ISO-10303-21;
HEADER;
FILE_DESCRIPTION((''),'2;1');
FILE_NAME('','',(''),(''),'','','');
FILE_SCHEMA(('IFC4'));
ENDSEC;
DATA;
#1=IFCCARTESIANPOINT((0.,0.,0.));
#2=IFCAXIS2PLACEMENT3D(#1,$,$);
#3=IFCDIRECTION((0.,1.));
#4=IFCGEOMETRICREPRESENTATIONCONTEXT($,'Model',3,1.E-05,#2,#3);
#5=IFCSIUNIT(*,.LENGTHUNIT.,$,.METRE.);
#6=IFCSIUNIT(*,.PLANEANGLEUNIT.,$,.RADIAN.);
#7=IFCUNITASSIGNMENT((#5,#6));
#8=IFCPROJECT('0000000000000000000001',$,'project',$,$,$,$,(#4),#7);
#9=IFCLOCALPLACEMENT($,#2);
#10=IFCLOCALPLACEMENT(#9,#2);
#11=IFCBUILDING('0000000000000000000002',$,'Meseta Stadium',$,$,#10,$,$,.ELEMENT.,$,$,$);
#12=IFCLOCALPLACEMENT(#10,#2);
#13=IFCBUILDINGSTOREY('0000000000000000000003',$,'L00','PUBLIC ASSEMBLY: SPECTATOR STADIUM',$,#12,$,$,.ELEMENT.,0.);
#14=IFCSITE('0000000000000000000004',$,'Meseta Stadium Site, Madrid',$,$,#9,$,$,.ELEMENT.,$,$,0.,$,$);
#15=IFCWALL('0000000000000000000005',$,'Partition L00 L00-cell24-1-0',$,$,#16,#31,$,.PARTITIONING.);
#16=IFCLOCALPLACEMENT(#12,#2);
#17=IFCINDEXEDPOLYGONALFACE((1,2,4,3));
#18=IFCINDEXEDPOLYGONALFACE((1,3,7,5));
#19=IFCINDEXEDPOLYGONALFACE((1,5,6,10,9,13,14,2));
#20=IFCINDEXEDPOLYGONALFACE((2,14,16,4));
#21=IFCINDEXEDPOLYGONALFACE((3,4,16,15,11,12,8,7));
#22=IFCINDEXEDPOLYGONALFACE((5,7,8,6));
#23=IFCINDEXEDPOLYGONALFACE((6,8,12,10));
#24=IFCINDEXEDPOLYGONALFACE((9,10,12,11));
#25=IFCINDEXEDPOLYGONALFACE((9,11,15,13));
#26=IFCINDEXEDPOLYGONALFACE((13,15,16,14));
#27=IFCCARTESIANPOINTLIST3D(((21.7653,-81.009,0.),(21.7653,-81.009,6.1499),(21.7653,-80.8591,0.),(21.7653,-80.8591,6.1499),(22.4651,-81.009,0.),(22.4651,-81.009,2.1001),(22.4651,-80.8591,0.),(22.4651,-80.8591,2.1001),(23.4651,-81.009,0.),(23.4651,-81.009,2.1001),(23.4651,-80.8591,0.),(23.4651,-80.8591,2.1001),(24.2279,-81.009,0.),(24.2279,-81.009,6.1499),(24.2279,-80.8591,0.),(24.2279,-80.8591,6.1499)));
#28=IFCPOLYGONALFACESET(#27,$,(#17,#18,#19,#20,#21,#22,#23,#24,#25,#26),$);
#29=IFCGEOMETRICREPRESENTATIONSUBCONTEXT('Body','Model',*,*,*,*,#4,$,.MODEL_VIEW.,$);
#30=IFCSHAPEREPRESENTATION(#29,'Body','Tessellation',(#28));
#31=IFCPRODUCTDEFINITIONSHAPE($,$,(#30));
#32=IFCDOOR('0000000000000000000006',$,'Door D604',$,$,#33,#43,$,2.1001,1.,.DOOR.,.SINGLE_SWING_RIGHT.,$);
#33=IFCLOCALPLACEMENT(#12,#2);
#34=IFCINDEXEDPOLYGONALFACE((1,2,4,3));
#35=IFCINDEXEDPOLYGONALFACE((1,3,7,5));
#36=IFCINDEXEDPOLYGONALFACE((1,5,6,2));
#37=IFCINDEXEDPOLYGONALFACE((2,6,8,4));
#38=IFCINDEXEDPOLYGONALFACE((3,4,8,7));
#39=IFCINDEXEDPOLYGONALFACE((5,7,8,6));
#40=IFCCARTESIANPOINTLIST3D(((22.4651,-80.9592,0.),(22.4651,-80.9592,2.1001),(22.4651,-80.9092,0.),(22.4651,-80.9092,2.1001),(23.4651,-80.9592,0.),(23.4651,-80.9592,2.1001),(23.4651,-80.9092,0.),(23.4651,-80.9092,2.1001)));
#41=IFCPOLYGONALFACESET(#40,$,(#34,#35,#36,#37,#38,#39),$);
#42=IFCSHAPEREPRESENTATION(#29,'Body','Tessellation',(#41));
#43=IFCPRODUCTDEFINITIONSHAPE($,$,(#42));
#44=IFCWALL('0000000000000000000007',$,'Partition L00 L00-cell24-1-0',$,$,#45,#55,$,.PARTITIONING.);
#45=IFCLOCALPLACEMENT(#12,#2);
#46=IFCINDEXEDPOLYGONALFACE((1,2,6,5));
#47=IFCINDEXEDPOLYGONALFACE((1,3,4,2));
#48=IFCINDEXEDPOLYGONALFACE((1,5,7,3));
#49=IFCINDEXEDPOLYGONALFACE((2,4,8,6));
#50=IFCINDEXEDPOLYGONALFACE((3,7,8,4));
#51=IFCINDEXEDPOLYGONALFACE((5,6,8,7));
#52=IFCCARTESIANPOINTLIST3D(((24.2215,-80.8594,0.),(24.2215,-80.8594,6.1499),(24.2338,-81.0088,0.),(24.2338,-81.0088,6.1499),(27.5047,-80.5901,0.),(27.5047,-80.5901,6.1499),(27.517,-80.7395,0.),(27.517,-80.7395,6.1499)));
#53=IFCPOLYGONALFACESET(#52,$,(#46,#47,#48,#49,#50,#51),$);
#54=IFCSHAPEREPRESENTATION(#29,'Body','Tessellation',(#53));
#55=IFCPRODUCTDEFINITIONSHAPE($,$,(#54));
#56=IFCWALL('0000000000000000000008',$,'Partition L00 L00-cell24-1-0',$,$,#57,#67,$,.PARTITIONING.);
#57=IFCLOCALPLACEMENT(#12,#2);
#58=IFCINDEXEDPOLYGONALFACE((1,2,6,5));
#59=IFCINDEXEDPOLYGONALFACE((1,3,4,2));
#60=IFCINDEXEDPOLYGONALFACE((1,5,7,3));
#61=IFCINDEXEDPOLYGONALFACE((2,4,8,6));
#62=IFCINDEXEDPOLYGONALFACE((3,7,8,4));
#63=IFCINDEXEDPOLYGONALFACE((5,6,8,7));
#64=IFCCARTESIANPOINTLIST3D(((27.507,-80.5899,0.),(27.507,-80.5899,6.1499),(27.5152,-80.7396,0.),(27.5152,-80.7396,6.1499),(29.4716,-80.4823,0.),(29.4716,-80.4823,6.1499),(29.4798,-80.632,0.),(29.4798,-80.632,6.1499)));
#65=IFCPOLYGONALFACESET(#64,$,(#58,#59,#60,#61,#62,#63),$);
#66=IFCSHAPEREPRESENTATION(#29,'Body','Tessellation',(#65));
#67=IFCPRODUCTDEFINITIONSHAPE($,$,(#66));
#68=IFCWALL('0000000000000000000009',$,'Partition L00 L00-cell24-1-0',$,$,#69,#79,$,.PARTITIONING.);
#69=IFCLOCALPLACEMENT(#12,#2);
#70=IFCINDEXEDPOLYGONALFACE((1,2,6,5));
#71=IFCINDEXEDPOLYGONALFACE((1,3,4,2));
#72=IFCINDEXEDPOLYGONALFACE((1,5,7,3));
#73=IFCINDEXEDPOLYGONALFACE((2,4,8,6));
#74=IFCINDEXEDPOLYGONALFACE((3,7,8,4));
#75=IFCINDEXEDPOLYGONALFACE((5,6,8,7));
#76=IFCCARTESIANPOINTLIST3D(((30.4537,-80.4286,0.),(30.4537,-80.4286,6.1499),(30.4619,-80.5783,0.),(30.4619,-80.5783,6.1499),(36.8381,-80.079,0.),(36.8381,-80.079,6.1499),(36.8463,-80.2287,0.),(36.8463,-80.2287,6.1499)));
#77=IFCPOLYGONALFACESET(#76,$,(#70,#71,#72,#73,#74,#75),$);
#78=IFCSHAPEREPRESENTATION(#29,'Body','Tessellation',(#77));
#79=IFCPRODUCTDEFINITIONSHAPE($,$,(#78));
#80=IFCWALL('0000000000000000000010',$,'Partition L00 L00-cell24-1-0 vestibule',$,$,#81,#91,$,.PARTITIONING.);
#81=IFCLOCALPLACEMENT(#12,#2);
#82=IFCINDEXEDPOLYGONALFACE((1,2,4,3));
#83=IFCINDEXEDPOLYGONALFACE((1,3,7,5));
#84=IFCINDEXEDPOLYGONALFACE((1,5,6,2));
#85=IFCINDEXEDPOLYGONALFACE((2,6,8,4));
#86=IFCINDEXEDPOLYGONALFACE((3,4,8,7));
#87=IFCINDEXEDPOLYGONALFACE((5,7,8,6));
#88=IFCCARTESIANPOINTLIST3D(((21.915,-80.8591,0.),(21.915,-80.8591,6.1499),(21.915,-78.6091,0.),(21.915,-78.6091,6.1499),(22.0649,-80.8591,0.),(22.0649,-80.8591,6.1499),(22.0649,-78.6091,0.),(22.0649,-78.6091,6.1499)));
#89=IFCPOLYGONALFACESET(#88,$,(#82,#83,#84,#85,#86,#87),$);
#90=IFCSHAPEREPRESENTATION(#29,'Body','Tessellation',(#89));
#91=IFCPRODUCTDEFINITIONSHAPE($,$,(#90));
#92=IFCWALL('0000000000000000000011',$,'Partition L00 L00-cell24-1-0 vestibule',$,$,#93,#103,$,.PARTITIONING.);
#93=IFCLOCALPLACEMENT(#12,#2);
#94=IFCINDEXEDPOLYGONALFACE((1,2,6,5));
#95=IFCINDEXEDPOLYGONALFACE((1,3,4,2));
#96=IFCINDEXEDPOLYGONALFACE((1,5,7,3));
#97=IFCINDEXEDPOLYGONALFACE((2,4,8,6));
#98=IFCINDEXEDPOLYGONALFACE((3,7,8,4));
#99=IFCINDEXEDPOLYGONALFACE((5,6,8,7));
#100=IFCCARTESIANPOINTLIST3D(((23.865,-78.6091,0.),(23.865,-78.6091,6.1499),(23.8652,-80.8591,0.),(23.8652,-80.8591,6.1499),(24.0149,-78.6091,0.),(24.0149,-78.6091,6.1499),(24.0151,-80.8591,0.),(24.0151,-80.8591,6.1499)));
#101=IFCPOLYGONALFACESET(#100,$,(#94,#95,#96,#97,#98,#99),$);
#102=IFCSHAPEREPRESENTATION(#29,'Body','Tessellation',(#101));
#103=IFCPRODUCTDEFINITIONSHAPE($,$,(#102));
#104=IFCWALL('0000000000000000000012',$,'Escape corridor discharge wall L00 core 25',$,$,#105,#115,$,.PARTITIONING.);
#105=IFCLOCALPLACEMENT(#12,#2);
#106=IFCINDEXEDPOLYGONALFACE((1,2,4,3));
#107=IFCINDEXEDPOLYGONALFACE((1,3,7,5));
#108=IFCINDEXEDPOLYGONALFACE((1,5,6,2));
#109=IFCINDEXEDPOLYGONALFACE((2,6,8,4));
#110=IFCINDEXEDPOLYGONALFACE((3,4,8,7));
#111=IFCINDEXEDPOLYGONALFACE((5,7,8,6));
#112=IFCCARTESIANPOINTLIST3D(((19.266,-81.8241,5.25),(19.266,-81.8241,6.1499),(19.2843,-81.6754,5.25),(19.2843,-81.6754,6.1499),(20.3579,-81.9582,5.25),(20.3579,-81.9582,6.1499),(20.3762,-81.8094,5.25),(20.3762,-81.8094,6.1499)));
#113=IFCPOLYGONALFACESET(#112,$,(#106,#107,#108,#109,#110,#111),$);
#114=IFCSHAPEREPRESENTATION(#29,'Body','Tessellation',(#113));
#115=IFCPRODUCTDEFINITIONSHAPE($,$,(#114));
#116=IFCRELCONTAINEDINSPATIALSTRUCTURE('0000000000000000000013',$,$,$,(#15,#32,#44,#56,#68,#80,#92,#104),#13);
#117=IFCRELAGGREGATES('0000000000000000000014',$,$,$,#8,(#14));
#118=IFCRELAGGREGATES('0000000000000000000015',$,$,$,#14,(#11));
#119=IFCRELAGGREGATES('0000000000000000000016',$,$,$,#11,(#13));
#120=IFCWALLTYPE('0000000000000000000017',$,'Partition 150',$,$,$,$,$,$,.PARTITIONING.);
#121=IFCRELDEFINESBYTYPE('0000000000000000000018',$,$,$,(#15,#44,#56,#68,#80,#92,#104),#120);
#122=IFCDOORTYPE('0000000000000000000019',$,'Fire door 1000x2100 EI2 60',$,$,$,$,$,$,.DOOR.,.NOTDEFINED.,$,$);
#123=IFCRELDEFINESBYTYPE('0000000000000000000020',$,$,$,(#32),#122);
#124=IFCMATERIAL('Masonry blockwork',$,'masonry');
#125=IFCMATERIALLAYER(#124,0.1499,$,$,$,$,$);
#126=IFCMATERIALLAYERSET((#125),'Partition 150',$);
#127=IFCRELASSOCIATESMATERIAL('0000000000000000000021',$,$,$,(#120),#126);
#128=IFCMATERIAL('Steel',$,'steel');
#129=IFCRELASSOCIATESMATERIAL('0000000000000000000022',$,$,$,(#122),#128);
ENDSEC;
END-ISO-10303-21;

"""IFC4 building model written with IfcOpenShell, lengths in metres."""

from ifc_helpers import new_model, si_unit, direction, frame, frame_2d, origin, place, context, subcontext, project, spatial, rectangle, extrude, material, layer, layer_set, type_object, element, fill, save


model = new_model("IFC4")

# Units and contexts
model_context = context("Model", 3, precision=1e-05, world=origin(), true_north=direction((0.0, 1.0)))
body_context = subcontext(model_context, "Body", "Model", "MODEL_VIEW")
ifc_project = project(units=[si_unit("LENGTHUNIT", "METRE"), si_unit("PLANEANGLEUNIT", "RADIAN")], contexts=[model_context])

# Site, building, storey
site_placement = place(None, origin())
site = spatial("IfcSite", under=ifc_project, at=site_placement, Name="Meseta Stadium Site, Madrid", CompositionType="ELEMENT", RefElevation=0.0)
building_placement = place(site_placement, origin())
building = spatial("IfcBuilding", under=site, at=building_placement, Name="Meseta Stadium", CompositionType="ELEMENT")
storey_placement = place(building_placement, origin())
storey = spatial("IfcBuildingStorey", under=building, at=storey_placement, Name="L00", Description="PUBLIC ASSEMBLY: SPECTATOR STADIUM", CompositionType="ELEMENT", Elevation=0.0)

# Shared definitions
ifc_material_1 = material(Name="Masonry blockwork", Category="masonry")
ifc_layer = layer(ifc_material_1, 0.1499)
ifc_layer_set = layer_set([ifc_layer], Name="Partition 150")
wall_type = type_object("IfcWallType", Name="Partition 150", PredefinedType="PARTITIONING", material=ifc_layer_set)

# Wall, opening, door
wall_1_placement = place(storey_placement, frame((21.7651, -80.9341, 0.0), z_axis=(0.0, 0.0, 1.0), x_axis=(1.0, 0.0, 0.0)))
wall_1 = element("IfcWall", 1, at=wall_1_placement, inside=storey, type_object=wall_type, Name="Partition L00 L00-cell24-1-0", PredefinedType="PARTITIONING", context=body_context, shape_type="SweptSolid", body=[
    extrude(rectangle(XDim=2.4626, YDim=0.1499, at=frame_2d((1.2314, 0.0))), origin(), (0.0, 0.0, 1.0), 6.1499),
])
opening_placement = place(wall_1_placement, frame((0.7, 0.0, 0.0)))
opening = element("IfcOpeningElement", 2, at=opening_placement, cuts=wall_1, PredefinedType="OPENING", context=body_context, shape_type="SweptSolid", body=[
    extrude(rectangle(XDim=1.0, YDim=2.1001, at=frame_2d((0.5, 1.05))), frame((0.0, 0.085, 0.0), z_axis=(0.0, -1.0, 0.0), x_axis=(1.0, 0.0, 0.0)), (0.0, 0.0, 1.0), 0.1699),
])
ifc_material_2 = material(Name="Steel", Category="steel")
door_type = type_object("IfcDoorType", Name="Fire door 1000x2100 EI2 60", OperationType="NOTDEFINED", PredefinedType="DOOR", material=ifc_material_2)
door_placement = place(opening_placement, origin())
door = element("IfcDoor", 3, at=door_placement, inside=storey, type_object=door_type, Name="Door D604", OperationType="SINGLE_SWING_RIGHT", OverallHeight=2.1001, OverallWidth=1.0, PredefinedType="DOOR", context=body_context, shape_type="SweptSolid", body=[
    extrude(rectangle(XDim=1.0, YDim=2.1001, at=frame_2d((0.5, 1.05))), frame((0.0, 0.0249, 0.0), z_axis=(0.0, -1.0, 0.0), x_axis=(1.0, 0.0, 0.0)), (0.0, 0.0, 1.0), 0.05),
])
fill(opening, door)

# Walls
wall_2_placement = place(storey_placement, frame((24.2278, -80.9341, 0.0), z_axis=(0.0, 0.0, 1.0), x_axis=(0.996653, 0.081745, 0.0)))
element("IfcWall", 4, at=wall_2_placement, inside=storey, type_object=wall_type, Name="Partition L00 L00-cell24-1-0", PredefinedType="PARTITIONING", context=body_context, shape_type="SweptSolid", body=[
    extrude(rectangle(XDim=3.2942, YDim=0.1499, at=frame_2d((1.647, 0.0))), origin(), (0.0, 0.0, 1.0), 6.1499),
])
wall_3_placement = place(storey_placement, frame((27.511, -80.6648, 0.0), z_axis=(0.0, 0.0, 1.0), x_axis=(0.998502, 0.054721, 0.0)))
element("IfcWall", 5, at=wall_3_placement, inside=storey, type_object=wall_type, Name="Partition L00 L00-cell24-1-0", PredefinedType="PARTITIONING", context=body_context, shape_type="SweptSolid", body=[
    extrude(rectangle(XDim=1.9675, YDim=0.1499, at=frame_2d((0.9839, 0.0))), origin(), (0.0, 0.0, 1.0), 6.1499),
])
wall_4_placement = place(storey_placement, frame((30.4578, -80.5034, 0.0), z_axis=(0.0, 0.0, 1.0), x_axis=(0.998504, 0.054677, 0.0)))
element("IfcWall", 6, at=wall_4_placement, inside=storey, type_object=wall_type, Name="Partition L00 L00-cell24-1-0", PredefinedType="PARTITIONING", context=body_context, shape_type="SweptSolid", body=[
    extrude(rectangle(XDim=6.394, YDim=0.1499, at=frame_2d((3.197, 0.0))), origin(), (0.0, 0.0, 1.0), 6.1499),
])
for number, where, z_axis, x_axis, name in (
    (7, (21.99, -80.8591, 0.0), (0.0, 0.0, 1.0), (0.0, 1.0, 0.0), "Partition L00 L00-cell24-1-0 vestibule"),
    (8, (23.9402, -80.8591, 0.0), (0.0, 0.0, 1.0), (-0.000109, 1.0, 0.0), "Partition L00 L00-cell24-1-0 vestibule"),
):
    element("IfcWall", number, at=place(storey_placement, frame(where, z_axis=z_axis, x_axis=x_axis)), inside=storey, type_object=wall_type, Name=name, PredefinedType="PARTITIONING", context=body_context, shape_type="SweptSolid", body=[
        extrude(rectangle(XDim=2.25, YDim=0.1499, at=frame_2d((1.125, 0.0))), origin(), (0.0, 0.0, 1.0), 6.1499),
    ])
wall_5_placement = place(storey_placement, frame((19.2751, -81.7498, 5.25), z_axis=(0.0, 0.0, 1.0), x_axis=(0.992549, -0.121849, 0.0)))
element("IfcWall", 9, at=wall_5_placement, inside=storey, type_object=wall_type, Name="Escape corridor discharge wall L00 core 25", PredefinedType="PARTITIONING", context=body_context, shape_type="SweptSolid", body=[
    extrude(rectangle(XDim=1.1001, YDim=0.1499, at=frame_2d((0.55, 0.0))), origin(), (0.0, 0.0, 1.0), 0.8999),
])

save(model, "model.ifc")
